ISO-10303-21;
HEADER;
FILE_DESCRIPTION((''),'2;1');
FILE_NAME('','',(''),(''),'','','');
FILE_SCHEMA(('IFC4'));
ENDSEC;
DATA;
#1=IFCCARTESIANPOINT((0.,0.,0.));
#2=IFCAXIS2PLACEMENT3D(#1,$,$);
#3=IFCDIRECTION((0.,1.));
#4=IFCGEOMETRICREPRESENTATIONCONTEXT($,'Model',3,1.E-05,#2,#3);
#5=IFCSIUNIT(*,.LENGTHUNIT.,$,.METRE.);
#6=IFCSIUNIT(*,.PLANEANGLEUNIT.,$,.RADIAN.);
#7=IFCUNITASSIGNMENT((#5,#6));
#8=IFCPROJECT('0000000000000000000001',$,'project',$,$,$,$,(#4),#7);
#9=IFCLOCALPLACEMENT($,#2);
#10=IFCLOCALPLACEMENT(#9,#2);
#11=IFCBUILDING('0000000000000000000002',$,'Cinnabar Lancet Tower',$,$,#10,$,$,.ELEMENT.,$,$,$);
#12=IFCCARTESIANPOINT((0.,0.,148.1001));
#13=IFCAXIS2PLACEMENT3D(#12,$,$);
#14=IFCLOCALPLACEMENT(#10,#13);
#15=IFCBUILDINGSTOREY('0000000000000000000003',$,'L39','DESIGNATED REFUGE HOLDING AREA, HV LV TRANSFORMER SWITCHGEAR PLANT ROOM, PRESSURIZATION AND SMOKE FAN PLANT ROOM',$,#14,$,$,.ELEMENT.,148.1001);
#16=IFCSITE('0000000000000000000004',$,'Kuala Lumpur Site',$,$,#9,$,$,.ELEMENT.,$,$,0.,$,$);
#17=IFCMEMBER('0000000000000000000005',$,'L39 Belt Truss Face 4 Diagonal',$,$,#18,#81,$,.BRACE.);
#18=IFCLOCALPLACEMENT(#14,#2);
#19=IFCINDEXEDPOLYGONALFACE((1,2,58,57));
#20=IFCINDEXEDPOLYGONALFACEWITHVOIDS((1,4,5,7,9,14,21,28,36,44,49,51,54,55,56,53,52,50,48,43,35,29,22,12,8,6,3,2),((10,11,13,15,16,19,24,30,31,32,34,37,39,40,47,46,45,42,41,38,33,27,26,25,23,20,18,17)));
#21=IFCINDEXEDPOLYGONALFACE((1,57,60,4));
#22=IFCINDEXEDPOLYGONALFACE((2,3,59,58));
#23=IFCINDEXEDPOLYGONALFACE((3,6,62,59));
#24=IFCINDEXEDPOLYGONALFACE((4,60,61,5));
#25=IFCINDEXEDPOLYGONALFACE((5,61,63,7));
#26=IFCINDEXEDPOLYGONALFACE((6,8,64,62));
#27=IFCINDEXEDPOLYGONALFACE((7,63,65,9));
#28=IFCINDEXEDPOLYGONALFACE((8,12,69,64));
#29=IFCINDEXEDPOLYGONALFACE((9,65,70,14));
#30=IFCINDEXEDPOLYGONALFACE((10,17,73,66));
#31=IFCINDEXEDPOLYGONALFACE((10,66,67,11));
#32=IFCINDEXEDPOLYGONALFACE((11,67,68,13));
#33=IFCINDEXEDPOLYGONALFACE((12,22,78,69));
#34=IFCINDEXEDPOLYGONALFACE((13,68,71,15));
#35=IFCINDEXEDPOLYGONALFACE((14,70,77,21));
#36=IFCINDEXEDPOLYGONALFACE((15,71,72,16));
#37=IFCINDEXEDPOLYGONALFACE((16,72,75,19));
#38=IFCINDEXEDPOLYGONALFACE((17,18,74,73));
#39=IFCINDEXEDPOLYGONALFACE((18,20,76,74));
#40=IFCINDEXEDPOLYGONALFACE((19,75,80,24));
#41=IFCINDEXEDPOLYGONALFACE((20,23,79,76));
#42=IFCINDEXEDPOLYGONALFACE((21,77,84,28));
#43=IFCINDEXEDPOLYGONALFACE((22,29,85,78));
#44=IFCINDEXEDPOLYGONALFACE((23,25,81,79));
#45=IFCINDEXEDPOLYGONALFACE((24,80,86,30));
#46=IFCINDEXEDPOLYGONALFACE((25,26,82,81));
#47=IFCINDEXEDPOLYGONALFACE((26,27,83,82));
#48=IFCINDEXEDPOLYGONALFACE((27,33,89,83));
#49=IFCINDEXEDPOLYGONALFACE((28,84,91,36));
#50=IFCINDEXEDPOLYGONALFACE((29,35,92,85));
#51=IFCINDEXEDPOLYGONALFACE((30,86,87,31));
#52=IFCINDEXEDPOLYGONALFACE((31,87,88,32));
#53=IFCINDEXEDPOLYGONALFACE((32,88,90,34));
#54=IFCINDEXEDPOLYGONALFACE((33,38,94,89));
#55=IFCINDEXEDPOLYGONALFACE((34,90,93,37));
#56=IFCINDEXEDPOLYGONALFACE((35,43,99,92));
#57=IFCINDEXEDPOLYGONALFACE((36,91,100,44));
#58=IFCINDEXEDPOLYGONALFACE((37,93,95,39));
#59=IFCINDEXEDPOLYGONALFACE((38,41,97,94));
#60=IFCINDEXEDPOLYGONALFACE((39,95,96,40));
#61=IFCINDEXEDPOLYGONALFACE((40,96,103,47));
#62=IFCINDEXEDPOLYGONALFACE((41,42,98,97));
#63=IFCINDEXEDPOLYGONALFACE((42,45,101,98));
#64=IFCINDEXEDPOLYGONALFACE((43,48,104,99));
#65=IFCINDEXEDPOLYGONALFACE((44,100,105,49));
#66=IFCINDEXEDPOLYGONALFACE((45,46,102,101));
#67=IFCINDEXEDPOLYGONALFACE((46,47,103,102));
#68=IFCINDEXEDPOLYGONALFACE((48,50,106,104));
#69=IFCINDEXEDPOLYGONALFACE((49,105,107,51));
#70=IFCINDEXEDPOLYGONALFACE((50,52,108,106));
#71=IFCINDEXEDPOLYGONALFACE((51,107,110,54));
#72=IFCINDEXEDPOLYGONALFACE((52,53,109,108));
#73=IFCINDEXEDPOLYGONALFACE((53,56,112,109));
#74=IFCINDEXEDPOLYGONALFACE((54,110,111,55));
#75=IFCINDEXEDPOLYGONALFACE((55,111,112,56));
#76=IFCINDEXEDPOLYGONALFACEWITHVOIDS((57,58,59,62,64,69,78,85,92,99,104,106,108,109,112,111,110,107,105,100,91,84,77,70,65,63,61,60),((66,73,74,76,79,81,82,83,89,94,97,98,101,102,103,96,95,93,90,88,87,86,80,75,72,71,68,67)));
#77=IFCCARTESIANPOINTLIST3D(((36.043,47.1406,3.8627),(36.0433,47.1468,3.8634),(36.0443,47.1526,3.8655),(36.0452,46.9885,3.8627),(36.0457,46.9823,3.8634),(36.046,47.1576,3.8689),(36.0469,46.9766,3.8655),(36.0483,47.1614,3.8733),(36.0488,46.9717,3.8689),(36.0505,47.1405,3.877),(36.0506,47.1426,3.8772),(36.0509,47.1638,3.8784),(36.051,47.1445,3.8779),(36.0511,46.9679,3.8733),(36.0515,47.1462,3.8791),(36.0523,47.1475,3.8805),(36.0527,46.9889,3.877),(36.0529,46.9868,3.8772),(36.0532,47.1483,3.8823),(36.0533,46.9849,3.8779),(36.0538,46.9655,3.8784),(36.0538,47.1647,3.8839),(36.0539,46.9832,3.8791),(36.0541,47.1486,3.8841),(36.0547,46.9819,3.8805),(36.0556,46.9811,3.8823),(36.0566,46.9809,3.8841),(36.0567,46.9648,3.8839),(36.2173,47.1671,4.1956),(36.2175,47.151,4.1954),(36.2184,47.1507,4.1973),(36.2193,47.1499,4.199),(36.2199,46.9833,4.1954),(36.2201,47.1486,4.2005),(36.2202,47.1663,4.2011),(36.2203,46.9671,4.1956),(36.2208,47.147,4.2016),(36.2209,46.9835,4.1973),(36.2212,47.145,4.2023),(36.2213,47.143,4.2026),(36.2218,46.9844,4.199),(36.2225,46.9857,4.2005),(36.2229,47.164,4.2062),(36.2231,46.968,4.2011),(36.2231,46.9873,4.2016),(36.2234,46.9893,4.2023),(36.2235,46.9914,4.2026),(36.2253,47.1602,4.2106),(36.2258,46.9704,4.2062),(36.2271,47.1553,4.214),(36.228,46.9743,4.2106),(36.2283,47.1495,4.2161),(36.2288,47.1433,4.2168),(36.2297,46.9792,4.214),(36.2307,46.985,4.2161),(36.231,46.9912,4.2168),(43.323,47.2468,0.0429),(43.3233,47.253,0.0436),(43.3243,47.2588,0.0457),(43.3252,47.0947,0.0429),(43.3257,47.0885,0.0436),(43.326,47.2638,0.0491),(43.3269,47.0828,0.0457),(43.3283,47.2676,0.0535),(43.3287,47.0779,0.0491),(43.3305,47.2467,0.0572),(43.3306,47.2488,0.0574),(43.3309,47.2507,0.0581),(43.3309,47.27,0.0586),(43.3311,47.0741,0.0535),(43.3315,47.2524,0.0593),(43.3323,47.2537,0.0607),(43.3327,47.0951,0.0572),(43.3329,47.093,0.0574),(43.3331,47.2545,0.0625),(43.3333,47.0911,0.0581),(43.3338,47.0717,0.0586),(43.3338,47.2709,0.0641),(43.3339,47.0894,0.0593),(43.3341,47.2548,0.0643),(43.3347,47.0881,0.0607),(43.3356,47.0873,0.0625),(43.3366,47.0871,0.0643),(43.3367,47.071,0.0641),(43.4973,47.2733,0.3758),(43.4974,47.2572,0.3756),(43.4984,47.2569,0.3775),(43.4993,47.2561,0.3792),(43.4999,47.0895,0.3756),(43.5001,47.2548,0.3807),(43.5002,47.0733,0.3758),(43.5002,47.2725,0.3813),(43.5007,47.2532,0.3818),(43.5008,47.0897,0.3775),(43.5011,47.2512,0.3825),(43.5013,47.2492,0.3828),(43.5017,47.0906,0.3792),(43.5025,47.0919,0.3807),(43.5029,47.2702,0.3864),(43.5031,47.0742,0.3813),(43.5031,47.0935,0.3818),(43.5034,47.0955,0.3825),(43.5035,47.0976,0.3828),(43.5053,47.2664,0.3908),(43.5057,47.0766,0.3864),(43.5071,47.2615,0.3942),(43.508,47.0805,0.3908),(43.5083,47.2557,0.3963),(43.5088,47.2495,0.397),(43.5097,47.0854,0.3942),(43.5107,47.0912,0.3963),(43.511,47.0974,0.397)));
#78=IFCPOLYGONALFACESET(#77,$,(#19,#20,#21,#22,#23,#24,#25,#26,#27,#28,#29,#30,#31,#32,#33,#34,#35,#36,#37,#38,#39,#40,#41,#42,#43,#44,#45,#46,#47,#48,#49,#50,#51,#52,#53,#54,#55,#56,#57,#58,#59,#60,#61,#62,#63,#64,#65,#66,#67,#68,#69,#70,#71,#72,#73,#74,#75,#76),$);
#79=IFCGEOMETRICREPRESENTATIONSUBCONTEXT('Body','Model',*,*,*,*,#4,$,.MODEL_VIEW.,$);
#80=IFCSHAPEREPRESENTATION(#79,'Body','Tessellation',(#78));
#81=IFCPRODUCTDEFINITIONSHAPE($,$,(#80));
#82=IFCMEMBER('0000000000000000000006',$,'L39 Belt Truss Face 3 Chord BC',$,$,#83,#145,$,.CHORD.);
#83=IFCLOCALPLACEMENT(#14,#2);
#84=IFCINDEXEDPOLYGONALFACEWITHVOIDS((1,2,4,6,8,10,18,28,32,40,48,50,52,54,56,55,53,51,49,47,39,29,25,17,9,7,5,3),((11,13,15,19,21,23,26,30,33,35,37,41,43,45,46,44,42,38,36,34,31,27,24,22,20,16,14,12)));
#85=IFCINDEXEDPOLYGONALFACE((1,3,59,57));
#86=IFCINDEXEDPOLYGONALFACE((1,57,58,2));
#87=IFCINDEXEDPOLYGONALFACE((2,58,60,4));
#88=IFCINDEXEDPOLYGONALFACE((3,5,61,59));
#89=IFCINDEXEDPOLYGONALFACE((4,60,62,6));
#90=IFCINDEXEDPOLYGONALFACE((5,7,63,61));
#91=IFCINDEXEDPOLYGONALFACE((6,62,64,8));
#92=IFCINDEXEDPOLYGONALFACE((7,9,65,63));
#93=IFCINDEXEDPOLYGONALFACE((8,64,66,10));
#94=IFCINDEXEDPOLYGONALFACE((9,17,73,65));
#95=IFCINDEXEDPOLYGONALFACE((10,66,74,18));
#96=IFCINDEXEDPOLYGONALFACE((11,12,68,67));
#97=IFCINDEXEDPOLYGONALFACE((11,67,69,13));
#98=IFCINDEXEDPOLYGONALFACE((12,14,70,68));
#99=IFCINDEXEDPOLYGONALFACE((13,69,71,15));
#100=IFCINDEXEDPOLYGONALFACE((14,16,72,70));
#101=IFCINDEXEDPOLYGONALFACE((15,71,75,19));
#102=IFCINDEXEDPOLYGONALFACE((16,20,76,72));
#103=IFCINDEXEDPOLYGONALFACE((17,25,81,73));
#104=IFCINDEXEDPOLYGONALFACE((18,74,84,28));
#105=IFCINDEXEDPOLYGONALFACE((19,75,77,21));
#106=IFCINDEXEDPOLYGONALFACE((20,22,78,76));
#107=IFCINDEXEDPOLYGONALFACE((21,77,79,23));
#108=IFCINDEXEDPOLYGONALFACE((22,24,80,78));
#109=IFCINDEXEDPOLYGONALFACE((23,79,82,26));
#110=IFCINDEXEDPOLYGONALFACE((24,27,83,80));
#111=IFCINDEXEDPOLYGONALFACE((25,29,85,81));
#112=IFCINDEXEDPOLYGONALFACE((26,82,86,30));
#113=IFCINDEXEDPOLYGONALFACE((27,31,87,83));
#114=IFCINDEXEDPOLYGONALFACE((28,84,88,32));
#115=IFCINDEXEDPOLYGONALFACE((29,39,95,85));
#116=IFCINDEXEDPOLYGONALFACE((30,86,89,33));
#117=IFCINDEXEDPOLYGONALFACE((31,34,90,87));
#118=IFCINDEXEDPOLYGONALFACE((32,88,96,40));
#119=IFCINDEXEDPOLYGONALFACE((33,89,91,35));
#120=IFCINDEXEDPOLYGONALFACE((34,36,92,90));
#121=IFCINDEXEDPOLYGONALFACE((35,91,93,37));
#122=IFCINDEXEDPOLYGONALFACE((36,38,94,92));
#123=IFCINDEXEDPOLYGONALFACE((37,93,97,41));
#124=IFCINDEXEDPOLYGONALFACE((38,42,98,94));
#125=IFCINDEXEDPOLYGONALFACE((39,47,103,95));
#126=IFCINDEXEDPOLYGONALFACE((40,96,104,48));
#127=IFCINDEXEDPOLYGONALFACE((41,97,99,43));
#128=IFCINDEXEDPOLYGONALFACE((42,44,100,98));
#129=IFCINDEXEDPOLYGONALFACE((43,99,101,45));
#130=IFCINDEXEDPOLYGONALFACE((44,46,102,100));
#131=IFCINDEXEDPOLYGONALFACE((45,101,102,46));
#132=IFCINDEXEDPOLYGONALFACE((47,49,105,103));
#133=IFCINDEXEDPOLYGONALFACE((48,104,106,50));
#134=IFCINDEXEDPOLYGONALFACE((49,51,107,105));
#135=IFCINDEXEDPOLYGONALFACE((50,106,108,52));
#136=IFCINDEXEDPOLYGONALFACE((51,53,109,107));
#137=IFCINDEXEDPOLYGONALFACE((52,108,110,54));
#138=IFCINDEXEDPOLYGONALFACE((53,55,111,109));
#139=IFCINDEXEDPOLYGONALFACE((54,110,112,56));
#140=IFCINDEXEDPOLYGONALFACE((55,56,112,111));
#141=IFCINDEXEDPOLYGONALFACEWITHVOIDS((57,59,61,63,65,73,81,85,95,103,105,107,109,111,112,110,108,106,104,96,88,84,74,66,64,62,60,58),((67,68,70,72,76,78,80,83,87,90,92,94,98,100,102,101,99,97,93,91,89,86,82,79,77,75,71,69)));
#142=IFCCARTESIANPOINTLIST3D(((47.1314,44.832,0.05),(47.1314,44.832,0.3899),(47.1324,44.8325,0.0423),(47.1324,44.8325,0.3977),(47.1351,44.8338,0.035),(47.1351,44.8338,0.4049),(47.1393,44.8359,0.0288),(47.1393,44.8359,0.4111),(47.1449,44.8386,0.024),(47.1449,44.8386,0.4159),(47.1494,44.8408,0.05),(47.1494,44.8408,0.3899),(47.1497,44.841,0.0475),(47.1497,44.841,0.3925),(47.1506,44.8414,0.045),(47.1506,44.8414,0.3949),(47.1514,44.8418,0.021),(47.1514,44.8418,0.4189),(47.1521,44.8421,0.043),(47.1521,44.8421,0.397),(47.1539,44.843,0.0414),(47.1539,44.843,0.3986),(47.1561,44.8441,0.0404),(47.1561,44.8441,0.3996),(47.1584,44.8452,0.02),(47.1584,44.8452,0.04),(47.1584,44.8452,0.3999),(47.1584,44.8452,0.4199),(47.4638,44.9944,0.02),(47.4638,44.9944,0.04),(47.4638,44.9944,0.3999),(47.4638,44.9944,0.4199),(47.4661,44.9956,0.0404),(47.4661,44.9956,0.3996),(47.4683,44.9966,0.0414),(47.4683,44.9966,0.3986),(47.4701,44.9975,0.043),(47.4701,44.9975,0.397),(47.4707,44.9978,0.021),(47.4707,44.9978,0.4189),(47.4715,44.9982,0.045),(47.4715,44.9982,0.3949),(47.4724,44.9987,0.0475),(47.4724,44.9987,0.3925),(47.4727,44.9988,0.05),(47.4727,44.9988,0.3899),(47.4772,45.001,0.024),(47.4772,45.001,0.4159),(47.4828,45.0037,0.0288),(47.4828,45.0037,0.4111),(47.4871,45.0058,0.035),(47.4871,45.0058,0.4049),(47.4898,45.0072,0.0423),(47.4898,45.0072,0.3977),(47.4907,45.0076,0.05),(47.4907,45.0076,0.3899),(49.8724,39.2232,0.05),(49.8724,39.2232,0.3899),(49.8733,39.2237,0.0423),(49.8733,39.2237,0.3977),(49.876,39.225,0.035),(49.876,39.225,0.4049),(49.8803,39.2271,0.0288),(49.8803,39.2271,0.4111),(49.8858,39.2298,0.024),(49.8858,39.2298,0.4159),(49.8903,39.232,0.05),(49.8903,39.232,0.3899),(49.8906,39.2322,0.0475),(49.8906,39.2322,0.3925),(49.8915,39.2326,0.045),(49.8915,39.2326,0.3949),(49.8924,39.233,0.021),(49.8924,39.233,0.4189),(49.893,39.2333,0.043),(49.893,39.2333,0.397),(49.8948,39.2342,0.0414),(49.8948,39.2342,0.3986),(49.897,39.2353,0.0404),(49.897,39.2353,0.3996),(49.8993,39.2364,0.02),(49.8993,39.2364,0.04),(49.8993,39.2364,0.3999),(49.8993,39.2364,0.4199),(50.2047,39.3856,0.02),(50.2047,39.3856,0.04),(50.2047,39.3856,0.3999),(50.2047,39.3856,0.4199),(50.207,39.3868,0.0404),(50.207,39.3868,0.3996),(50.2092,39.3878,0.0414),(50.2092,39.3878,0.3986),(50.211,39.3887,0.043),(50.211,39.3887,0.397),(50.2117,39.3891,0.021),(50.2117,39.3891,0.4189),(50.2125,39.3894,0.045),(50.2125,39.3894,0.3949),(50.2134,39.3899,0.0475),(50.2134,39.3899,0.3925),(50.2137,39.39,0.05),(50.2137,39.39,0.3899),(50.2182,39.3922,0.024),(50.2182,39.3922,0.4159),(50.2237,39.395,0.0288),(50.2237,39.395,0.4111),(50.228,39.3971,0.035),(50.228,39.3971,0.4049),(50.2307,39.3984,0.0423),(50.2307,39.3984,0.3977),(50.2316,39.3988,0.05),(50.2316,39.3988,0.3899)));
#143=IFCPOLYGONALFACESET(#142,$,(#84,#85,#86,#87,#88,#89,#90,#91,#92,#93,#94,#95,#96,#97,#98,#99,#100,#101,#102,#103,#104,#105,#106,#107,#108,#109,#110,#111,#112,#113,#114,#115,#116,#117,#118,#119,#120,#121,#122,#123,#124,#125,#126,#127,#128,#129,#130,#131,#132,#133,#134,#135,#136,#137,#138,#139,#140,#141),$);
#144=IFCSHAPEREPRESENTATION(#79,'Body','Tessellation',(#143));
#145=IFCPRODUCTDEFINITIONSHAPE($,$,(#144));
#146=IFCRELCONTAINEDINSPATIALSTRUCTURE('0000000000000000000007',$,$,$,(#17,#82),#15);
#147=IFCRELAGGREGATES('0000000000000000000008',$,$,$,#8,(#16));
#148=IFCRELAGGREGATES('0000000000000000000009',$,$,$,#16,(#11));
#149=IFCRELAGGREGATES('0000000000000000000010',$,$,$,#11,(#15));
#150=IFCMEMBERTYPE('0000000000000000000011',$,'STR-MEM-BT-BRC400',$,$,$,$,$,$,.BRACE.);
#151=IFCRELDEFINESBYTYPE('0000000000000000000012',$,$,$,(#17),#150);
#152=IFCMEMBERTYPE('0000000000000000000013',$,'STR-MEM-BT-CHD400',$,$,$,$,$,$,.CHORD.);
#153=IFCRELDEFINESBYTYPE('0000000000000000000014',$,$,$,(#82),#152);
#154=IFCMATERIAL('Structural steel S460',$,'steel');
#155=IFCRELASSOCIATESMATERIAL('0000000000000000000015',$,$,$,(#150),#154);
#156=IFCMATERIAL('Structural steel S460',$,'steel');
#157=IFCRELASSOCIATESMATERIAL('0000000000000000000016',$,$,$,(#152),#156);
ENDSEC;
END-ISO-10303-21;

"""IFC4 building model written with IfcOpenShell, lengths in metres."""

from ifc_helpers import new_model, si_unit, direction, frame, origin, origin_2d, place, context, subcontext, project, spatial, hollow_rectangle, extrude, material, material_profile, profile_set, type_object, element, save


model = new_model("IFC4")

# Units and contexts
model_context = context("Model", 3, precision=1e-05, world=origin(), true_north=direction((0.0, 1.0)))
body_context = subcontext(model_context, "Body", "Model", "MODEL_VIEW")
ifc_project = project(units=[si_unit("LENGTHUNIT", "METRE"), si_unit("PLANEANGLEUNIT", "RADIAN")], contexts=[model_context])

# Site, building, storey
site_placement = place(None, origin())
site = spatial("IfcSite", under=ifc_project, at=site_placement, Name="Kuala Lumpur Site", CompositionType="ELEMENT", RefElevation=0.0)
building_placement = place(site_placement, origin())
building = spatial("IfcBuilding", under=site, at=building_placement, Name="Cinnabar Lancet Tower", CompositionType="ELEMENT")
storey_placement = place(building_placement, frame((0.0, 0.0, 148.1001)))
storey = spatial("IfcBuildingStorey", under=building, at=storey_placement, Name="L39", Description="DESIGNATED REFUGE HOLDING AREA, HV LV TRANSFORMER SWITCHGEAR PLANT ROOM, PRESSURIZATION AND SMOKE FAN PLANT ROOM", CompositionType="ELEMENT", Elevation=148.1001)

# Members
ifc_material_1 = material(Name="Structural steel S460", Category="steel")
ifc_material_profile_1 = material_profile(ifc_material_1, hollow_rectangle(XDim=0.2, YDim=0.3999, WallThickness=0.0161, InnerFilletRadius=0.0081, OuterFilletRadius=0.0239, at=origin_2d()), Name="RHS 400x200x16")
ifc_profile_set_1 = profile_set([ifc_material_profile_1], Name="Structural steel S460")
member_type_1 = type_object("IfcMemberType", Name="STR-MEM-BT-BRC400", PredefinedType="BRACE", material=ifc_profile_set_1)
member_1_placement = place(storey_placement, frame((43.417, 47.1721, 0.22), z_axis=(-0.885434, -0.012917, 0.464586), x_axis=(0.014586, -0.999894, 0.0)))
element("IfcMember", 1, at=member_1_placement, inside=storey, type_object=member_type_1, Name="L39 Belt Truss Face 4 Diagonal", PredefinedType="BRACE", context=body_context, shape_type="SweptSolid", body=[
    extrude(hollow_rectangle(XDim=0.2, YDim=0.3999, WallThickness=0.0161, InnerFilletRadius=0.0081, OuterFilletRadius=0.0239, at=origin_2d()), origin(), (0.0, 0.0, 1.0), 8.2219),
])
ifc_material_2 = material(Name="Structural steel S460", Category="steel")
ifc_material_profile_2 = material_profile(ifc_material_2, hollow_rectangle(XDim=0.3999, YDim=0.3999, WallThickness=0.02, InnerFilletRadius=0.01, OuterFilletRadius=0.03, at=origin_2d()), Name="SHS 400x400x20")
ifc_profile_set_2 = profile_set([ifc_material_profile_2], Name="Structural steel S460")
member_type_2 = type_object("IfcMemberType", Name="STR-MEM-BT-CHD400", PredefinedType="CHORD", material=ifc_profile_set_2)
for number, where, z_axis, x_axis, name in (
    (2, (50.052, 39.311, 0.22), (-0.439061, 0.898457, 0.0), (-0.898457, -0.439061, 0.0), "L39 Belt Truss Face 3 Chord BC"),
):
    element("IfcMember", number, at=place(storey_placement, frame(where, z_axis=z_axis, x_axis=x_axis)), inside=storey, type_object=member_type_2, Name=name, PredefinedType="CHORD", context=body_context, shape_type="SweptSolid", body=[
        extrude(hollow_rectangle(XDim=0.3999, YDim=0.3999, WallThickness=0.02, InnerFilletRadius=0.01, OuterFilletRadius=0.03, at=origin_2d()), origin(), (0.0, 0.0, 1.0), 6.2427),
    ])

save(model, "model.ifc")
